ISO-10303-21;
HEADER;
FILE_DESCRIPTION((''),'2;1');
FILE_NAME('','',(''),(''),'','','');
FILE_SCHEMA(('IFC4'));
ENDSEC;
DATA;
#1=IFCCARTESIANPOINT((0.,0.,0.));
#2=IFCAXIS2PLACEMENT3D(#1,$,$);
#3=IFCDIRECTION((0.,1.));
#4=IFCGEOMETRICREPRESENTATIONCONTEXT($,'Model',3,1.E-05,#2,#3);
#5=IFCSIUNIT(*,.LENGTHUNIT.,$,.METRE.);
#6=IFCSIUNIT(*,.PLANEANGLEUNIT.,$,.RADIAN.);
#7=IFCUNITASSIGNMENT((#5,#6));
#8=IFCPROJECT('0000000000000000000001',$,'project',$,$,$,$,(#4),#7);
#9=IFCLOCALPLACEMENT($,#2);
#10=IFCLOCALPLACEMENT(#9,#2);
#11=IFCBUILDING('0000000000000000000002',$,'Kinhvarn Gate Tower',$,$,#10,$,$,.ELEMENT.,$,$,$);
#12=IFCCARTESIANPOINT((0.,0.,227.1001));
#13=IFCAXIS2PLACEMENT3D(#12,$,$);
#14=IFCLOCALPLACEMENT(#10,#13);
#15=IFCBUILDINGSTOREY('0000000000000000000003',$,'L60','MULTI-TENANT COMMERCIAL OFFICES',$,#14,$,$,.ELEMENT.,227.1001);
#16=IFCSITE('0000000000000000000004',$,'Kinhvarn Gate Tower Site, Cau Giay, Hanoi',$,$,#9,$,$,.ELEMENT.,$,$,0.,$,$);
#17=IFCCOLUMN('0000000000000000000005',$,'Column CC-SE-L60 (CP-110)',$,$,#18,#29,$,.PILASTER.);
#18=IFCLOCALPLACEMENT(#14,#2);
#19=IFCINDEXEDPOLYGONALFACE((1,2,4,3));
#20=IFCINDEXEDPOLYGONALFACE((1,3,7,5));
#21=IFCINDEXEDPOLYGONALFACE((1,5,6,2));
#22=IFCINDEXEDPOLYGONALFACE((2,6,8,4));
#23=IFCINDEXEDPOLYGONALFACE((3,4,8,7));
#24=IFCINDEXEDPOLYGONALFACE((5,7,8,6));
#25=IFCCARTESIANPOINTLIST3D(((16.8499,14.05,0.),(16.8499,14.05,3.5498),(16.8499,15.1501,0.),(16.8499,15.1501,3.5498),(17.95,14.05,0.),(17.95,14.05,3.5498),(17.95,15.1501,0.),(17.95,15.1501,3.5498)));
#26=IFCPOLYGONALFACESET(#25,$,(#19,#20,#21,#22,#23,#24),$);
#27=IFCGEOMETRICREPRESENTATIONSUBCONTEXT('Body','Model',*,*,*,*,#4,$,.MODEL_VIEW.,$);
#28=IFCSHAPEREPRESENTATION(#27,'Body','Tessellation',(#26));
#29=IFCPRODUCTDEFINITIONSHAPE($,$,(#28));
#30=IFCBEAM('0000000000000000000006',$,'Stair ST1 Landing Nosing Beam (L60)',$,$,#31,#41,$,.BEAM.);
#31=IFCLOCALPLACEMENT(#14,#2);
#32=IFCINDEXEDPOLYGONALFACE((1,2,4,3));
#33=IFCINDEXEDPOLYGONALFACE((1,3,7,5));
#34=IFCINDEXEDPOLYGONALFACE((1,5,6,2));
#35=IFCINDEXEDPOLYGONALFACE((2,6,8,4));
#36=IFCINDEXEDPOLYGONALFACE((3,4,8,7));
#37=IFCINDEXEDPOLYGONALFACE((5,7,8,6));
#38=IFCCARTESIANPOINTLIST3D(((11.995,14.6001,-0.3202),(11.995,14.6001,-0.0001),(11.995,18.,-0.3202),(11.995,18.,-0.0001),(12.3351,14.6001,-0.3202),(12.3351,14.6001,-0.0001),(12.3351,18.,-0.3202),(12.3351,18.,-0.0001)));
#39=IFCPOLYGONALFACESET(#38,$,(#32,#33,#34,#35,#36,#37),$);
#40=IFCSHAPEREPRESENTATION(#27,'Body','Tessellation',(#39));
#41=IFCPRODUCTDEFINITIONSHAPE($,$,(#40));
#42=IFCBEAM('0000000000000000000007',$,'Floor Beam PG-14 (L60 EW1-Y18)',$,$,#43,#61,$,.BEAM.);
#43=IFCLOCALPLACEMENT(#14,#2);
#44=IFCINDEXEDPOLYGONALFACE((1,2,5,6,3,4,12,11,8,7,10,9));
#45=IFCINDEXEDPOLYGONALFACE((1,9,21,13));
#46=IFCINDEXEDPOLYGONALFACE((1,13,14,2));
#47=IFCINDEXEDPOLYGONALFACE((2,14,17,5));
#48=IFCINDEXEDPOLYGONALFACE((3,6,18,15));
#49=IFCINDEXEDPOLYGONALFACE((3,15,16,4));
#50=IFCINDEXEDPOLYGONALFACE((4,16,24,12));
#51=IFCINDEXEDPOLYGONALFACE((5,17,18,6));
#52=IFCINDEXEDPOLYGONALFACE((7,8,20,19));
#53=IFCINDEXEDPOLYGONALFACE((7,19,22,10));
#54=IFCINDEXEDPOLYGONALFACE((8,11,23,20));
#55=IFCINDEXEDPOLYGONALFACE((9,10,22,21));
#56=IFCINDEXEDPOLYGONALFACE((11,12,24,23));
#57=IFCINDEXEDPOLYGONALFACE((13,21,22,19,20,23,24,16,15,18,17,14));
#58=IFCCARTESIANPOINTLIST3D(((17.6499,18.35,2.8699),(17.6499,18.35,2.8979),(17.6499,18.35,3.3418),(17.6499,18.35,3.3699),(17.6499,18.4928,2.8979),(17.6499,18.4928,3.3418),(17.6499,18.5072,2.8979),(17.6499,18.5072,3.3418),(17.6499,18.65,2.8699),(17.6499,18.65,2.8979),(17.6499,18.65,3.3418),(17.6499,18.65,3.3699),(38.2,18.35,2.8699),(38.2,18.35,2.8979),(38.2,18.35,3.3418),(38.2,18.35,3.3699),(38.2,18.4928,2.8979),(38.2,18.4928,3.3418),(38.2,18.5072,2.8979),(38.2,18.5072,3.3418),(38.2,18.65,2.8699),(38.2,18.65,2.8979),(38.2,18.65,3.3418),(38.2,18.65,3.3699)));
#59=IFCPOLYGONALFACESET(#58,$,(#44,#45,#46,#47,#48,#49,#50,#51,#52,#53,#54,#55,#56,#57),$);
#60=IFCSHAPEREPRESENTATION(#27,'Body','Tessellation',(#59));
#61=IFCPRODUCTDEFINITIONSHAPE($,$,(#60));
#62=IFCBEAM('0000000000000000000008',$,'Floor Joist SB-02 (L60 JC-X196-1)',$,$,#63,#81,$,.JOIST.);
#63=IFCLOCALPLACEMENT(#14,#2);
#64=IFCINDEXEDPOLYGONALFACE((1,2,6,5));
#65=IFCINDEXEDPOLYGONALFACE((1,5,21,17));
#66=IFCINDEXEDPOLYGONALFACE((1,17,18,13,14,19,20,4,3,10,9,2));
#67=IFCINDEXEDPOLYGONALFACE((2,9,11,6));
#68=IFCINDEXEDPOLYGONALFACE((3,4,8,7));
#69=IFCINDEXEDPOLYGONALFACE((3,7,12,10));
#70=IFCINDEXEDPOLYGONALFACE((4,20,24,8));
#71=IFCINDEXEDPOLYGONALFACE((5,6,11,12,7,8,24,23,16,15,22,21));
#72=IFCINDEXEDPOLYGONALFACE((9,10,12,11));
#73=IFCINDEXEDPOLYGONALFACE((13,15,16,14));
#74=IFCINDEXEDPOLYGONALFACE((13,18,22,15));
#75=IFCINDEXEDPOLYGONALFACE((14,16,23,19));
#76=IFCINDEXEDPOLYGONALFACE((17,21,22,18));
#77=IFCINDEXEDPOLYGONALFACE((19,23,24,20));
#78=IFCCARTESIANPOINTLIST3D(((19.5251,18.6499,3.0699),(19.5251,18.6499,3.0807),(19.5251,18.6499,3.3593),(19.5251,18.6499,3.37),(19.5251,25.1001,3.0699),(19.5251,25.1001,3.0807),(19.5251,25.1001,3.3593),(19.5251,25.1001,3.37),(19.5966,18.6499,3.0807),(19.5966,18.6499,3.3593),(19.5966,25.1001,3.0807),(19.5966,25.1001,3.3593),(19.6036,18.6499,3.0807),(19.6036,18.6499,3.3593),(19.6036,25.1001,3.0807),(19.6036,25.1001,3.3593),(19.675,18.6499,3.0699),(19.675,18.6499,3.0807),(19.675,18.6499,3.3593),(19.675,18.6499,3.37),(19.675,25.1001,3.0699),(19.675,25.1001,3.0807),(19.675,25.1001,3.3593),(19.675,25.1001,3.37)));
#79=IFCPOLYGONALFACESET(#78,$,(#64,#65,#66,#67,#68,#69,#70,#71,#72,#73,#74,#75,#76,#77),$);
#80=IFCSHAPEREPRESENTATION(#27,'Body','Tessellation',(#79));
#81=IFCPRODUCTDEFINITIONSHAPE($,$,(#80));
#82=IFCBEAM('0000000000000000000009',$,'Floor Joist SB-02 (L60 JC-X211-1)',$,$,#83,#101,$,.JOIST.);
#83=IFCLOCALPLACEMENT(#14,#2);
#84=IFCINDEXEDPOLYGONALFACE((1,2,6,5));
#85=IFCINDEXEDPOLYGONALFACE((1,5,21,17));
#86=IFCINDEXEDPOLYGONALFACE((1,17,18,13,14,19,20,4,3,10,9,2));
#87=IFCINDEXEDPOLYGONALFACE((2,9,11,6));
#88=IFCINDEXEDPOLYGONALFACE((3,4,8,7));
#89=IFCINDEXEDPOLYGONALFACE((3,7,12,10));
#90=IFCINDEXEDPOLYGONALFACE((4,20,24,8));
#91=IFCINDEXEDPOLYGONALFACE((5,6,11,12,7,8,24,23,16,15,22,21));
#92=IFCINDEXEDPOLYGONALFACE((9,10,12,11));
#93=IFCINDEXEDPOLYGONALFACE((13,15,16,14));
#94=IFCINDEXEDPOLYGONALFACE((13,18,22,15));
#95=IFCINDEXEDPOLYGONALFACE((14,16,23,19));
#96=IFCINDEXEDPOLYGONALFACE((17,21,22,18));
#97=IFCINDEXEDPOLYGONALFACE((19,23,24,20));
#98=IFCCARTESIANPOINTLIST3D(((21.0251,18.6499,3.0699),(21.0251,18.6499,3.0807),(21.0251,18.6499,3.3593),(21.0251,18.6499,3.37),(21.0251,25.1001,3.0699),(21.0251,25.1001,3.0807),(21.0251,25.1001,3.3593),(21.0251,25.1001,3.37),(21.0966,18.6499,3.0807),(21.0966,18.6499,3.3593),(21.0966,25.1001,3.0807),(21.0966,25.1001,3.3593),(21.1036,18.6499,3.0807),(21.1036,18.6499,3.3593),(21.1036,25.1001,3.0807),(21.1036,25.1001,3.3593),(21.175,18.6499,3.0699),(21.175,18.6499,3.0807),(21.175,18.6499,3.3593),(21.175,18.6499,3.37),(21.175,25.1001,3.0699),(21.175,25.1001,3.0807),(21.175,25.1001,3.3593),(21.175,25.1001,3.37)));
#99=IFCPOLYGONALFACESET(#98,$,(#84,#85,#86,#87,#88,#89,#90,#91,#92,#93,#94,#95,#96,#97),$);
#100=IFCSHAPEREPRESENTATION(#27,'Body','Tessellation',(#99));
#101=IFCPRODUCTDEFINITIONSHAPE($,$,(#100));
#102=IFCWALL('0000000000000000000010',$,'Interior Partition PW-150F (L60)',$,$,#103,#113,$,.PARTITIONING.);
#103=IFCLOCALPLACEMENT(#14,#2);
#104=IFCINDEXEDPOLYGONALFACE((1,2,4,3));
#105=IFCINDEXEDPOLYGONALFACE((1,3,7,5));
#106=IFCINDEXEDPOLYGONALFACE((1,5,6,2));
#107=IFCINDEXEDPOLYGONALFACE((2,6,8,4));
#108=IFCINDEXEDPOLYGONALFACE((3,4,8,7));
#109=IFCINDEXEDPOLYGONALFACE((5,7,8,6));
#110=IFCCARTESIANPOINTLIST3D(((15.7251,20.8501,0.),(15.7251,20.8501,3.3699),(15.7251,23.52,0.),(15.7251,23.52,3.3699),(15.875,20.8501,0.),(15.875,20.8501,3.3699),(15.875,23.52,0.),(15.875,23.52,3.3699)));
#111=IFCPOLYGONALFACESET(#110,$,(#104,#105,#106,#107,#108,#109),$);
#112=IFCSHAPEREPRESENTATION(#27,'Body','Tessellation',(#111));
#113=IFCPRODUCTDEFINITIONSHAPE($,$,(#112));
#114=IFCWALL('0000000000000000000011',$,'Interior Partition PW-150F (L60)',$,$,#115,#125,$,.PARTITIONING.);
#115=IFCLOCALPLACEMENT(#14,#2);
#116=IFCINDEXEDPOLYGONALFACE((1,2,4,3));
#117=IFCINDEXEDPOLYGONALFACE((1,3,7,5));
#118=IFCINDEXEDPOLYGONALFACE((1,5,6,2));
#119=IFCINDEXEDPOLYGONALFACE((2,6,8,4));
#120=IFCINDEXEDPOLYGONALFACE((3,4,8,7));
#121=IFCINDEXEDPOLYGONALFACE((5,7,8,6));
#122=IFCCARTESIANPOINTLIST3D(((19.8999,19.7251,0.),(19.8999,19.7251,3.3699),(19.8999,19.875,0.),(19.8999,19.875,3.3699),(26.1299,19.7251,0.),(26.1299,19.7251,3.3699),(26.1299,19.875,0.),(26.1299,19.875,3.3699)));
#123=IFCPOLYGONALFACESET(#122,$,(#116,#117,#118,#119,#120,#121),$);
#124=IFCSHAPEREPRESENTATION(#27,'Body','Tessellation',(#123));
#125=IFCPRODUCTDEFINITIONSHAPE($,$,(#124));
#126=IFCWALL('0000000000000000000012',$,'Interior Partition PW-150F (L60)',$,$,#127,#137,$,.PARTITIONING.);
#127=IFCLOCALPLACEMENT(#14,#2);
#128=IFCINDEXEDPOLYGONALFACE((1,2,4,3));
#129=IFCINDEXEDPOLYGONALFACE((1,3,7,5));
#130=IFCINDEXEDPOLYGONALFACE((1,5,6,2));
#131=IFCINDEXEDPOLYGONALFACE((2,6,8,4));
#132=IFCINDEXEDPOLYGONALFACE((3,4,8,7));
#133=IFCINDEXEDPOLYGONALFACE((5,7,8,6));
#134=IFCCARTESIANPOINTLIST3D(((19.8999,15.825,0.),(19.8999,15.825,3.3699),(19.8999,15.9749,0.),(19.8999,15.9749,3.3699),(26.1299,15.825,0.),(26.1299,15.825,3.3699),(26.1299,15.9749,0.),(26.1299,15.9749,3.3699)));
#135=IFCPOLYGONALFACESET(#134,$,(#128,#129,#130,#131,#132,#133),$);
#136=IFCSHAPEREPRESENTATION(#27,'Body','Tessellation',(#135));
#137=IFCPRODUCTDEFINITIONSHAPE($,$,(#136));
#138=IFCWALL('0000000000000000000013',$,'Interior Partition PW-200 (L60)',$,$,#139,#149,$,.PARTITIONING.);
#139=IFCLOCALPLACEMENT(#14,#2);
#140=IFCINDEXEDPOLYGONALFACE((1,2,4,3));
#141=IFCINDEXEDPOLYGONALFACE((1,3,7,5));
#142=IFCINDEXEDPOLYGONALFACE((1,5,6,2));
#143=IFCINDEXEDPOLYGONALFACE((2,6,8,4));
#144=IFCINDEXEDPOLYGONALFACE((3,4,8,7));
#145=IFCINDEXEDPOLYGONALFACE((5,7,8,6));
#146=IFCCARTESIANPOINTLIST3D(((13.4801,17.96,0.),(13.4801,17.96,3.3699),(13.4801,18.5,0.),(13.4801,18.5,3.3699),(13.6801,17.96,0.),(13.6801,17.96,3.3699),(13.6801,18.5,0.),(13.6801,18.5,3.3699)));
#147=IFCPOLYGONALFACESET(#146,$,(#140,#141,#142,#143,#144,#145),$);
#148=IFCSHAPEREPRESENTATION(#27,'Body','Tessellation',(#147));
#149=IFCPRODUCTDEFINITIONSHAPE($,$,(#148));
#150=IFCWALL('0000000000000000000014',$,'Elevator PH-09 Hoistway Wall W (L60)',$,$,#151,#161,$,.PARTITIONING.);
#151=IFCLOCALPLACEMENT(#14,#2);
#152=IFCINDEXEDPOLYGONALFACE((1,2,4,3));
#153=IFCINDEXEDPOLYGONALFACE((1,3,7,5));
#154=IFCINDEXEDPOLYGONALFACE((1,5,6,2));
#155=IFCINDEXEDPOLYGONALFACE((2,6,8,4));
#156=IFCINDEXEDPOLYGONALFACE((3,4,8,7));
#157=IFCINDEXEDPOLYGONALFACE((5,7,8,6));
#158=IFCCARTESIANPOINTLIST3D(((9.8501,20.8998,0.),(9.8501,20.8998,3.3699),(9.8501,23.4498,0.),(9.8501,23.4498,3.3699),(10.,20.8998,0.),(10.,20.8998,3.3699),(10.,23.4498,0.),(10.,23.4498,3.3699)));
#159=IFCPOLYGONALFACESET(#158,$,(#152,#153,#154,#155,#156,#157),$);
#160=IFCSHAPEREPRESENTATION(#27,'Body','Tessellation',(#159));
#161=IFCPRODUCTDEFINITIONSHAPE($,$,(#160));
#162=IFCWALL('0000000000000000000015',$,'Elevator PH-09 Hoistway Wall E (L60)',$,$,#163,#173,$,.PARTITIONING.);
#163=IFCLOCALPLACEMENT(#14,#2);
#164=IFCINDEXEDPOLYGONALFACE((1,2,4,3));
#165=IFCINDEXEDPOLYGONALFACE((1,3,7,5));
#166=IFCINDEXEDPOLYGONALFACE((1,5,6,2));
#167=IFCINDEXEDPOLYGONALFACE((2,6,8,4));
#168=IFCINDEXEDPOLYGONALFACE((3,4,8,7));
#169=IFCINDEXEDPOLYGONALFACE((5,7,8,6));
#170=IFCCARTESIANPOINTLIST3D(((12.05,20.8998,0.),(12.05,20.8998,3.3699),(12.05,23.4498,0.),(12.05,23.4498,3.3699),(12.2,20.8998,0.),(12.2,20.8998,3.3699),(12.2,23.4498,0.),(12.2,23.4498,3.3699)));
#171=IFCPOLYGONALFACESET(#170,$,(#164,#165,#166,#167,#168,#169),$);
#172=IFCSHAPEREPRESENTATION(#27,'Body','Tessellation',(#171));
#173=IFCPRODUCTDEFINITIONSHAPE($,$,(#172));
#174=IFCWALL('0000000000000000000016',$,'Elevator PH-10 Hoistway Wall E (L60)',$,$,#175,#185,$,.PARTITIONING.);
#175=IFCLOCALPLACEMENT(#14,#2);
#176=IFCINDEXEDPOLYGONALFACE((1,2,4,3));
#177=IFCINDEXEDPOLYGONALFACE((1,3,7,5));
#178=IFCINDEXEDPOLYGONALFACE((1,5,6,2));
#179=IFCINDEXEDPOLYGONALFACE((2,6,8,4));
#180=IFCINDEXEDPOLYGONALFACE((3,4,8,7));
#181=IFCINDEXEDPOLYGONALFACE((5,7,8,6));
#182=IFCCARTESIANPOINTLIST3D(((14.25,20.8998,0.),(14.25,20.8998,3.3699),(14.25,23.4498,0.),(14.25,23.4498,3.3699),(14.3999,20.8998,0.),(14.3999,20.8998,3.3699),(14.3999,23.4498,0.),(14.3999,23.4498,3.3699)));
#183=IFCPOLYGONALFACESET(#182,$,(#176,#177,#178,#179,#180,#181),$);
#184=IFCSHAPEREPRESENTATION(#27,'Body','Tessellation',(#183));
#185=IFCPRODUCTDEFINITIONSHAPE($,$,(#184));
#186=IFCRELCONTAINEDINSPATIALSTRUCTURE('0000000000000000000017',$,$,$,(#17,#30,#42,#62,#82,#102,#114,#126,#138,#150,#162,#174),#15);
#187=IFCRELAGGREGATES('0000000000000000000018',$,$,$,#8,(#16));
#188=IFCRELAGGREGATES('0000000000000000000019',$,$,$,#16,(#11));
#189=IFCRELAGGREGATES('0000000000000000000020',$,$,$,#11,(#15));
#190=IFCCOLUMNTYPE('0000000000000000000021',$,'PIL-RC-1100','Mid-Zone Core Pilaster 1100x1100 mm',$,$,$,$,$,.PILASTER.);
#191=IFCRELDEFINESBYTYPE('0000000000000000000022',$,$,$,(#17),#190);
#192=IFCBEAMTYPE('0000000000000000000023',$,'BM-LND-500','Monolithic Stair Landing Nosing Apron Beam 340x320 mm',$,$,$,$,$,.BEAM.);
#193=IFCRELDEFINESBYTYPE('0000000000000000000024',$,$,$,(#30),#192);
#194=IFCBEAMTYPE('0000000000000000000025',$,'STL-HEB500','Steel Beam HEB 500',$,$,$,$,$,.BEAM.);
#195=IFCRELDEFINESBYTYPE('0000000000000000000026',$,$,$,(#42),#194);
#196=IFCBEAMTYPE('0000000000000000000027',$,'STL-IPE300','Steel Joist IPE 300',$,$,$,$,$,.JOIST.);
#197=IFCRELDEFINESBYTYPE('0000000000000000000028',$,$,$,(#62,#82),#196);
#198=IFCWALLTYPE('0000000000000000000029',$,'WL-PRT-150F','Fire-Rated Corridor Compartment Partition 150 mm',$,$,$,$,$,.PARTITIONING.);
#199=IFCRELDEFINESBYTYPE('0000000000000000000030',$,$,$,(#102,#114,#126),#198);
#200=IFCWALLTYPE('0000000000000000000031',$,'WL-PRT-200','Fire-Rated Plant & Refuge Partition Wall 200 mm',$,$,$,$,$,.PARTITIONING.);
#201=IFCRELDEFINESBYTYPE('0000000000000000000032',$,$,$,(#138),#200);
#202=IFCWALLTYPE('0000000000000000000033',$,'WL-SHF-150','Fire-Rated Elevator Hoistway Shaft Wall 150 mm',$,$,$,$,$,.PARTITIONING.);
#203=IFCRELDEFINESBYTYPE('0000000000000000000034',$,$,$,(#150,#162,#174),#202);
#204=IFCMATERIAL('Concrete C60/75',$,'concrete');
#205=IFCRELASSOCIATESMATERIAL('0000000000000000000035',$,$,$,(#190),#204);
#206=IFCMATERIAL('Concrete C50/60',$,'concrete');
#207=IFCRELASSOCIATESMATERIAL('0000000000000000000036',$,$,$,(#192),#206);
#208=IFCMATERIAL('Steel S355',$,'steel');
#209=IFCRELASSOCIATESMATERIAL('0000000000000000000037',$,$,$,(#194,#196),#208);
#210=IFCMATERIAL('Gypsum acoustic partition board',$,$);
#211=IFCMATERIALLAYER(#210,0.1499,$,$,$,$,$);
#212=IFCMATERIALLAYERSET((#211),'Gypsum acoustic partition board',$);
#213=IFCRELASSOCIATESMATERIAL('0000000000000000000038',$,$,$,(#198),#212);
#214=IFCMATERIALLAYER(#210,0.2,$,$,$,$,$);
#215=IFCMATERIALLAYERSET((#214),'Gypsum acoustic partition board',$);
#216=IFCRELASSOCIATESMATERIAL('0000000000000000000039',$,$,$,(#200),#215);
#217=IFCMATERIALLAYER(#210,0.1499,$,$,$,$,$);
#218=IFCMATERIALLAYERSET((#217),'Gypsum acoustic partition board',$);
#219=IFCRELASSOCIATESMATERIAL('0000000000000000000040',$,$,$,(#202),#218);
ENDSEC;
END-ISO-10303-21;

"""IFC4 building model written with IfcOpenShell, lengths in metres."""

from ifc_helpers import new_model, si_unit, direction, frame, frame_2d, origin, origin_2d, place, context, subcontext, project, spatial, rectangle, i_section, extrude, material, layer, layer_set, material_profile, profile_set, type_object, element, save


model = new_model("IFC4")

# Units and contexts
model_context = context("Model", 3, precision=1e-05, world=origin(), true_north=direction((0.0, 1.0)))
body_context = subcontext(model_context, "Body", "Model", "MODEL_VIEW")
ifc_project = project(units=[si_unit("LENGTHUNIT", "METRE"), si_unit("PLANEANGLEUNIT", "RADIAN")], contexts=[model_context])

# Site, building, storey
site_placement = place(None, origin())
site = spatial("IfcSite", under=ifc_project, at=site_placement, Name="Kinhvarn Gate Tower Site, Cau Giay, Hanoi", CompositionType="ELEMENT", RefElevation=0.0)
building_placement = place(site_placement, origin())
building = spatial("IfcBuilding", under=site, at=building_placement, Name="Kinhvarn Gate Tower", CompositionType="ELEMENT")
storey_placement = place(building_placement, frame((0.0, 0.0, 227.1001)))
storey = spatial("IfcBuildingStorey", under=building, at=storey_placement, Name="L60", Description="MULTI-TENANT COMMERCIAL OFFICES", CompositionType="ELEMENT", Elevation=227.1001)

# Column
ifc_material_1 = material(Name="Concrete C60/75", Category="concrete")
ifc_material_profile_1 = material_profile(ifc_material_1, rectangle(XDim=1.1001, YDim=1.1001, at=origin_2d()), Name="RC 1100x1100")
ifc_profile_set_1 = profile_set([ifc_material_profile_1], Name="Concrete C60/75")
column_type = type_object("IfcColumnType", Name="PIL-RC-1100", Description="Mid-Zone Core Pilaster 1100x1100 mm", PredefinedType="PILASTER", material=ifc_profile_set_1)
column_placement = place(storey_placement, frame((17.3999, 14.6001, 0.0), z_axis=(0.0, 0.0, 1.0), x_axis=(1.0, 0.0, 0.0)))
element("IfcColumn", 1, at=column_placement, inside=storey, type_object=column_type, Name="Column CC-SE-L60 (CP-110)", PredefinedType="PILASTER", context=body_context, shape_type="SweptSolid", body=[
    extrude(rectangle(XDim=1.1001, YDim=1.1001, at=origin_2d()), origin(), (0.0, 0.0, 1.0), 3.5498),
])

# Beams
ifc_material_2 = material(Name="Concrete C50/60", Category="concrete")
ifc_material_profile_2 = material_profile(ifc_material_2, rectangle(XDim=0.3401, YDim=0.3201, at=origin_2d()), Name="RC 340x320")
ifc_profile_set_2 = profile_set([ifc_material_profile_2], Name="Concrete C50/60")
beam_type_1 = type_object("IfcBeamType", Name="BM-LND-500", Description="Monolithic Stair Landing Nosing Apron Beam 340x320 mm", PredefinedType="BEAM", material=ifc_profile_set_2)
beam_1_placement = place(storey_placement, frame((12.165, 14.6001, -0.1602), z_axis=(0.0, 1.0, 0.0), x_axis=(-1.0, 0.0, 0.0)))
element("IfcBeam", 2, at=beam_1_placement, inside=storey, type_object=beam_type_1, Name="Stair ST1 Landing Nosing Beam (L60)", PredefinedType="BEAM", context=body_context, shape_type="SweptSolid", body=[
    extrude(rectangle(XDim=0.3401, YDim=0.3201, at=origin_2d()), origin(), (0.0, 0.0, 1.0), 3.3999),
])
ifc_material_3 = material(Name="Steel S355", Category="steel")
ifc_material_profile_3 = material_profile(ifc_material_3, i_section(OverallWidth=0.3, OverallDepth=0.5, WebThickness=0.0144, FlangeThickness=0.0281, at=origin_2d()), Name="HEB 500")
ifc_profile_set_3 = profile_set([ifc_material_profile_3], Name="Steel S355")
beam_type_2 = type_object("IfcBeamType", Name="STL-HEB500", Description="Steel Beam HEB 500", PredefinedType="BEAM", material=ifc_profile_set_3)
beam_2_placement = place(storey_placement, frame((17.6499, 18.5, 3.1199), z_axis=(1.0, 0.0, 0.0), x_axis=(0.0, 1.0, 0.0)))
element("IfcBeam", 3, at=beam_2_placement, inside=storey, type_object=beam_type_2, Name="Floor Beam PG-14 (L60 EW1-Y18)", PredefinedType="BEAM", context=body_context, shape_type="SweptSolid", body=[
    extrude(i_section(OverallWidth=0.3, OverallDepth=0.5, WebThickness=0.0144, FlangeThickness=0.0281, at=origin_2d()), origin(), (0.0, 0.0, 1.0), 20.55),
])
ifc_material_profile_4 = material_profile(ifc_material_3, i_section(OverallWidth=0.1499, OverallDepth=0.3, WebThickness=0.0071, FlangeThickness=0.0107, at=origin_2d()), Name="IPE 300")
ifc_profile_set_4 = profile_set([ifc_material_profile_4], Name="Steel S355")
beam_type_3 = type_object("IfcBeamType", Name="STL-IPE300", Description="Steel Joist IPE 300", PredefinedType="JOIST", material=ifc_profile_set_4)
for number, where, z_axis, x_axis, name in (
    (4, (19.6001, 18.6499, 3.22), (0.0, 1.0, 0.0), (-1.0, 0.0, 0.0), "Floor Joist SB-02 (L60 JC-X196-1)"),
    (5, (21.1001, 18.6499, 3.22), (0.0, 1.0, 0.0), (-1.0, 0.0, 0.0), "Floor Joist SB-02 (L60 JC-X211-1)"),
):
    element("IfcBeam", number, at=place(storey_placement, frame(where, z_axis=z_axis, x_axis=x_axis)), inside=storey, type_object=beam_type_3, Name=name, PredefinedType="JOIST", context=body_context, shape_type="SweptSolid", body=[
        extrude(i_section(OverallWidth=0.1499, OverallDepth=0.3, WebThickness=0.0071, FlangeThickness=0.0107, at=origin_2d()), origin(), (0.0, 0.0, 1.0), 6.4502),
    ])

# Wall
ifc_material_4 = material(Name="Gypsum acoustic partition board")
ifc_layer_1 = layer(ifc_material_4, 0.1499)
ifc_layer_set_1 = layer_set([ifc_layer_1], Name="Gypsum acoustic partition board")
wall_type_1 = type_object("IfcWallType", Name="WL-PRT-150F", Description="Fire-Rated Corridor Compartment Partition 150 mm", PredefinedType="PARTITIONING", material=ifc_layer_set_1)
wall_1_placement = place(storey_placement, frame((15.8, 20.8501, 0.0), z_axis=(0.0, 0.0, 1.0), x_axis=(0.0, 1.0, 0.0)))
element("IfcWall", 6, at=wall_1_placement, inside=storey, type_object=wall_type_1, Name="Interior Partition PW-150F (L60)", PredefinedType="PARTITIONING", context=body_context, shape_type="SweptSolid", body=[
    extrude(rectangle(XDim=2.6699, YDim=0.1499, at=frame_2d((1.335, 0.0))), origin(), (0.0, 0.0, 1.0), 3.3699),
])

# Walls
for number, where, z_axis, x_axis, name in (
    (7, (19.8999, 19.8, 0.0), (0.0, 0.0, 1.0), (1.0, 0.0, 0.0), "Interior Partition PW-150F (L60)"),
    (8, (19.8999, 15.8999, 0.0), (0.0, 0.0, 1.0), (1.0, 0.0, 0.0), "Interior Partition PW-150F (L60)"),
):
    element("IfcWall", number, at=place(storey_placement, frame(where, z_axis=z_axis, x_axis=x_axis)), inside=storey, type_object=wall_type_1, Name=name, PredefinedType="PARTITIONING", context=body_context, shape_type="SweptSolid", body=[
        extrude(rectangle(XDim=6.23, YDim=0.1499, at=frame_2d((3.115, 0.0))), origin(), (0.0, 0.0, 1.0), 3.3699),
    ])
ifc_layer_2 = layer(ifc_material_4, 0.2)
ifc_layer_set_2 = layer_set([ifc_layer_2], Name="Gypsum acoustic partition board")
wall_type_2 = type_object("IfcWallType", Name="WL-PRT-200", Description="Fire-Rated Plant & Refuge Partition Wall 200 mm", PredefinedType="PARTITIONING", material=ifc_layer_set_2)
wall_2_placement = place(storey_placement, frame((13.5801, 17.96, 0.0), z_axis=(0.0, 0.0, 1.0), x_axis=(0.0, 1.0, 0.0)))
element("IfcWall", 9, at=wall_2_placement, inside=storey, type_object=wall_type_2, Name="Interior Partition PW-200 (L60)", PredefinedType="PARTITIONING", context=body_context, shape_type="SweptSolid", body=[
    extrude(rectangle(XDim=0.54, YDim=0.2, at=frame_2d((0.27, 0.0))), origin(), (0.0, 0.0, 1.0), 3.3699),
])
ifc_layer_3 = layer(ifc_material_4, 0.1499)
ifc_layer_set_3 = layer_set([ifc_layer_3], Name="Gypsum acoustic partition board")
wall_type_3 = type_object("IfcWallType", Name="WL-SHF-150", Description="Fire-Rated Elevator Hoistway Shaft Wall 150 mm", PredefinedType="PARTITIONING", material=ifc_layer_set_3)
for number, where, z_axis, x_axis, name in (
    (10, (9.925, 20.8999, 0.0), (0.0, 0.0, 1.0), (0.0, 1.0, 0.0), "Elevator PH-09 Hoistway Wall W (L60)"),
    (11, (12.125, 20.8999, 0.0), (0.0, 0.0, 1.0), (0.0, 1.0, 0.0), "Elevator PH-09 Hoistway Wall E (L60)"),
    (12, (14.325, 20.8999, 0.0), (0.0, 0.0, 1.0), (0.0, 1.0, 0.0), "Elevator PH-10 Hoistway Wall E (L60)"),
):
    element("IfcWall", number, at=place(storey_placement, frame(where, z_axis=z_axis, x_axis=x_axis)), inside=storey, type_object=wall_type_3, Name=name, PredefinedType="PARTITIONING", context=body_context, shape_type="SweptSolid", body=[
        extrude(rectangle(XDim=2.55, YDim=0.1499, at=frame_2d((1.2749, 0.0))), origin(), (0.0, 0.0, 1.0), 3.3699),
    ])

save(model, "model.ifc")
